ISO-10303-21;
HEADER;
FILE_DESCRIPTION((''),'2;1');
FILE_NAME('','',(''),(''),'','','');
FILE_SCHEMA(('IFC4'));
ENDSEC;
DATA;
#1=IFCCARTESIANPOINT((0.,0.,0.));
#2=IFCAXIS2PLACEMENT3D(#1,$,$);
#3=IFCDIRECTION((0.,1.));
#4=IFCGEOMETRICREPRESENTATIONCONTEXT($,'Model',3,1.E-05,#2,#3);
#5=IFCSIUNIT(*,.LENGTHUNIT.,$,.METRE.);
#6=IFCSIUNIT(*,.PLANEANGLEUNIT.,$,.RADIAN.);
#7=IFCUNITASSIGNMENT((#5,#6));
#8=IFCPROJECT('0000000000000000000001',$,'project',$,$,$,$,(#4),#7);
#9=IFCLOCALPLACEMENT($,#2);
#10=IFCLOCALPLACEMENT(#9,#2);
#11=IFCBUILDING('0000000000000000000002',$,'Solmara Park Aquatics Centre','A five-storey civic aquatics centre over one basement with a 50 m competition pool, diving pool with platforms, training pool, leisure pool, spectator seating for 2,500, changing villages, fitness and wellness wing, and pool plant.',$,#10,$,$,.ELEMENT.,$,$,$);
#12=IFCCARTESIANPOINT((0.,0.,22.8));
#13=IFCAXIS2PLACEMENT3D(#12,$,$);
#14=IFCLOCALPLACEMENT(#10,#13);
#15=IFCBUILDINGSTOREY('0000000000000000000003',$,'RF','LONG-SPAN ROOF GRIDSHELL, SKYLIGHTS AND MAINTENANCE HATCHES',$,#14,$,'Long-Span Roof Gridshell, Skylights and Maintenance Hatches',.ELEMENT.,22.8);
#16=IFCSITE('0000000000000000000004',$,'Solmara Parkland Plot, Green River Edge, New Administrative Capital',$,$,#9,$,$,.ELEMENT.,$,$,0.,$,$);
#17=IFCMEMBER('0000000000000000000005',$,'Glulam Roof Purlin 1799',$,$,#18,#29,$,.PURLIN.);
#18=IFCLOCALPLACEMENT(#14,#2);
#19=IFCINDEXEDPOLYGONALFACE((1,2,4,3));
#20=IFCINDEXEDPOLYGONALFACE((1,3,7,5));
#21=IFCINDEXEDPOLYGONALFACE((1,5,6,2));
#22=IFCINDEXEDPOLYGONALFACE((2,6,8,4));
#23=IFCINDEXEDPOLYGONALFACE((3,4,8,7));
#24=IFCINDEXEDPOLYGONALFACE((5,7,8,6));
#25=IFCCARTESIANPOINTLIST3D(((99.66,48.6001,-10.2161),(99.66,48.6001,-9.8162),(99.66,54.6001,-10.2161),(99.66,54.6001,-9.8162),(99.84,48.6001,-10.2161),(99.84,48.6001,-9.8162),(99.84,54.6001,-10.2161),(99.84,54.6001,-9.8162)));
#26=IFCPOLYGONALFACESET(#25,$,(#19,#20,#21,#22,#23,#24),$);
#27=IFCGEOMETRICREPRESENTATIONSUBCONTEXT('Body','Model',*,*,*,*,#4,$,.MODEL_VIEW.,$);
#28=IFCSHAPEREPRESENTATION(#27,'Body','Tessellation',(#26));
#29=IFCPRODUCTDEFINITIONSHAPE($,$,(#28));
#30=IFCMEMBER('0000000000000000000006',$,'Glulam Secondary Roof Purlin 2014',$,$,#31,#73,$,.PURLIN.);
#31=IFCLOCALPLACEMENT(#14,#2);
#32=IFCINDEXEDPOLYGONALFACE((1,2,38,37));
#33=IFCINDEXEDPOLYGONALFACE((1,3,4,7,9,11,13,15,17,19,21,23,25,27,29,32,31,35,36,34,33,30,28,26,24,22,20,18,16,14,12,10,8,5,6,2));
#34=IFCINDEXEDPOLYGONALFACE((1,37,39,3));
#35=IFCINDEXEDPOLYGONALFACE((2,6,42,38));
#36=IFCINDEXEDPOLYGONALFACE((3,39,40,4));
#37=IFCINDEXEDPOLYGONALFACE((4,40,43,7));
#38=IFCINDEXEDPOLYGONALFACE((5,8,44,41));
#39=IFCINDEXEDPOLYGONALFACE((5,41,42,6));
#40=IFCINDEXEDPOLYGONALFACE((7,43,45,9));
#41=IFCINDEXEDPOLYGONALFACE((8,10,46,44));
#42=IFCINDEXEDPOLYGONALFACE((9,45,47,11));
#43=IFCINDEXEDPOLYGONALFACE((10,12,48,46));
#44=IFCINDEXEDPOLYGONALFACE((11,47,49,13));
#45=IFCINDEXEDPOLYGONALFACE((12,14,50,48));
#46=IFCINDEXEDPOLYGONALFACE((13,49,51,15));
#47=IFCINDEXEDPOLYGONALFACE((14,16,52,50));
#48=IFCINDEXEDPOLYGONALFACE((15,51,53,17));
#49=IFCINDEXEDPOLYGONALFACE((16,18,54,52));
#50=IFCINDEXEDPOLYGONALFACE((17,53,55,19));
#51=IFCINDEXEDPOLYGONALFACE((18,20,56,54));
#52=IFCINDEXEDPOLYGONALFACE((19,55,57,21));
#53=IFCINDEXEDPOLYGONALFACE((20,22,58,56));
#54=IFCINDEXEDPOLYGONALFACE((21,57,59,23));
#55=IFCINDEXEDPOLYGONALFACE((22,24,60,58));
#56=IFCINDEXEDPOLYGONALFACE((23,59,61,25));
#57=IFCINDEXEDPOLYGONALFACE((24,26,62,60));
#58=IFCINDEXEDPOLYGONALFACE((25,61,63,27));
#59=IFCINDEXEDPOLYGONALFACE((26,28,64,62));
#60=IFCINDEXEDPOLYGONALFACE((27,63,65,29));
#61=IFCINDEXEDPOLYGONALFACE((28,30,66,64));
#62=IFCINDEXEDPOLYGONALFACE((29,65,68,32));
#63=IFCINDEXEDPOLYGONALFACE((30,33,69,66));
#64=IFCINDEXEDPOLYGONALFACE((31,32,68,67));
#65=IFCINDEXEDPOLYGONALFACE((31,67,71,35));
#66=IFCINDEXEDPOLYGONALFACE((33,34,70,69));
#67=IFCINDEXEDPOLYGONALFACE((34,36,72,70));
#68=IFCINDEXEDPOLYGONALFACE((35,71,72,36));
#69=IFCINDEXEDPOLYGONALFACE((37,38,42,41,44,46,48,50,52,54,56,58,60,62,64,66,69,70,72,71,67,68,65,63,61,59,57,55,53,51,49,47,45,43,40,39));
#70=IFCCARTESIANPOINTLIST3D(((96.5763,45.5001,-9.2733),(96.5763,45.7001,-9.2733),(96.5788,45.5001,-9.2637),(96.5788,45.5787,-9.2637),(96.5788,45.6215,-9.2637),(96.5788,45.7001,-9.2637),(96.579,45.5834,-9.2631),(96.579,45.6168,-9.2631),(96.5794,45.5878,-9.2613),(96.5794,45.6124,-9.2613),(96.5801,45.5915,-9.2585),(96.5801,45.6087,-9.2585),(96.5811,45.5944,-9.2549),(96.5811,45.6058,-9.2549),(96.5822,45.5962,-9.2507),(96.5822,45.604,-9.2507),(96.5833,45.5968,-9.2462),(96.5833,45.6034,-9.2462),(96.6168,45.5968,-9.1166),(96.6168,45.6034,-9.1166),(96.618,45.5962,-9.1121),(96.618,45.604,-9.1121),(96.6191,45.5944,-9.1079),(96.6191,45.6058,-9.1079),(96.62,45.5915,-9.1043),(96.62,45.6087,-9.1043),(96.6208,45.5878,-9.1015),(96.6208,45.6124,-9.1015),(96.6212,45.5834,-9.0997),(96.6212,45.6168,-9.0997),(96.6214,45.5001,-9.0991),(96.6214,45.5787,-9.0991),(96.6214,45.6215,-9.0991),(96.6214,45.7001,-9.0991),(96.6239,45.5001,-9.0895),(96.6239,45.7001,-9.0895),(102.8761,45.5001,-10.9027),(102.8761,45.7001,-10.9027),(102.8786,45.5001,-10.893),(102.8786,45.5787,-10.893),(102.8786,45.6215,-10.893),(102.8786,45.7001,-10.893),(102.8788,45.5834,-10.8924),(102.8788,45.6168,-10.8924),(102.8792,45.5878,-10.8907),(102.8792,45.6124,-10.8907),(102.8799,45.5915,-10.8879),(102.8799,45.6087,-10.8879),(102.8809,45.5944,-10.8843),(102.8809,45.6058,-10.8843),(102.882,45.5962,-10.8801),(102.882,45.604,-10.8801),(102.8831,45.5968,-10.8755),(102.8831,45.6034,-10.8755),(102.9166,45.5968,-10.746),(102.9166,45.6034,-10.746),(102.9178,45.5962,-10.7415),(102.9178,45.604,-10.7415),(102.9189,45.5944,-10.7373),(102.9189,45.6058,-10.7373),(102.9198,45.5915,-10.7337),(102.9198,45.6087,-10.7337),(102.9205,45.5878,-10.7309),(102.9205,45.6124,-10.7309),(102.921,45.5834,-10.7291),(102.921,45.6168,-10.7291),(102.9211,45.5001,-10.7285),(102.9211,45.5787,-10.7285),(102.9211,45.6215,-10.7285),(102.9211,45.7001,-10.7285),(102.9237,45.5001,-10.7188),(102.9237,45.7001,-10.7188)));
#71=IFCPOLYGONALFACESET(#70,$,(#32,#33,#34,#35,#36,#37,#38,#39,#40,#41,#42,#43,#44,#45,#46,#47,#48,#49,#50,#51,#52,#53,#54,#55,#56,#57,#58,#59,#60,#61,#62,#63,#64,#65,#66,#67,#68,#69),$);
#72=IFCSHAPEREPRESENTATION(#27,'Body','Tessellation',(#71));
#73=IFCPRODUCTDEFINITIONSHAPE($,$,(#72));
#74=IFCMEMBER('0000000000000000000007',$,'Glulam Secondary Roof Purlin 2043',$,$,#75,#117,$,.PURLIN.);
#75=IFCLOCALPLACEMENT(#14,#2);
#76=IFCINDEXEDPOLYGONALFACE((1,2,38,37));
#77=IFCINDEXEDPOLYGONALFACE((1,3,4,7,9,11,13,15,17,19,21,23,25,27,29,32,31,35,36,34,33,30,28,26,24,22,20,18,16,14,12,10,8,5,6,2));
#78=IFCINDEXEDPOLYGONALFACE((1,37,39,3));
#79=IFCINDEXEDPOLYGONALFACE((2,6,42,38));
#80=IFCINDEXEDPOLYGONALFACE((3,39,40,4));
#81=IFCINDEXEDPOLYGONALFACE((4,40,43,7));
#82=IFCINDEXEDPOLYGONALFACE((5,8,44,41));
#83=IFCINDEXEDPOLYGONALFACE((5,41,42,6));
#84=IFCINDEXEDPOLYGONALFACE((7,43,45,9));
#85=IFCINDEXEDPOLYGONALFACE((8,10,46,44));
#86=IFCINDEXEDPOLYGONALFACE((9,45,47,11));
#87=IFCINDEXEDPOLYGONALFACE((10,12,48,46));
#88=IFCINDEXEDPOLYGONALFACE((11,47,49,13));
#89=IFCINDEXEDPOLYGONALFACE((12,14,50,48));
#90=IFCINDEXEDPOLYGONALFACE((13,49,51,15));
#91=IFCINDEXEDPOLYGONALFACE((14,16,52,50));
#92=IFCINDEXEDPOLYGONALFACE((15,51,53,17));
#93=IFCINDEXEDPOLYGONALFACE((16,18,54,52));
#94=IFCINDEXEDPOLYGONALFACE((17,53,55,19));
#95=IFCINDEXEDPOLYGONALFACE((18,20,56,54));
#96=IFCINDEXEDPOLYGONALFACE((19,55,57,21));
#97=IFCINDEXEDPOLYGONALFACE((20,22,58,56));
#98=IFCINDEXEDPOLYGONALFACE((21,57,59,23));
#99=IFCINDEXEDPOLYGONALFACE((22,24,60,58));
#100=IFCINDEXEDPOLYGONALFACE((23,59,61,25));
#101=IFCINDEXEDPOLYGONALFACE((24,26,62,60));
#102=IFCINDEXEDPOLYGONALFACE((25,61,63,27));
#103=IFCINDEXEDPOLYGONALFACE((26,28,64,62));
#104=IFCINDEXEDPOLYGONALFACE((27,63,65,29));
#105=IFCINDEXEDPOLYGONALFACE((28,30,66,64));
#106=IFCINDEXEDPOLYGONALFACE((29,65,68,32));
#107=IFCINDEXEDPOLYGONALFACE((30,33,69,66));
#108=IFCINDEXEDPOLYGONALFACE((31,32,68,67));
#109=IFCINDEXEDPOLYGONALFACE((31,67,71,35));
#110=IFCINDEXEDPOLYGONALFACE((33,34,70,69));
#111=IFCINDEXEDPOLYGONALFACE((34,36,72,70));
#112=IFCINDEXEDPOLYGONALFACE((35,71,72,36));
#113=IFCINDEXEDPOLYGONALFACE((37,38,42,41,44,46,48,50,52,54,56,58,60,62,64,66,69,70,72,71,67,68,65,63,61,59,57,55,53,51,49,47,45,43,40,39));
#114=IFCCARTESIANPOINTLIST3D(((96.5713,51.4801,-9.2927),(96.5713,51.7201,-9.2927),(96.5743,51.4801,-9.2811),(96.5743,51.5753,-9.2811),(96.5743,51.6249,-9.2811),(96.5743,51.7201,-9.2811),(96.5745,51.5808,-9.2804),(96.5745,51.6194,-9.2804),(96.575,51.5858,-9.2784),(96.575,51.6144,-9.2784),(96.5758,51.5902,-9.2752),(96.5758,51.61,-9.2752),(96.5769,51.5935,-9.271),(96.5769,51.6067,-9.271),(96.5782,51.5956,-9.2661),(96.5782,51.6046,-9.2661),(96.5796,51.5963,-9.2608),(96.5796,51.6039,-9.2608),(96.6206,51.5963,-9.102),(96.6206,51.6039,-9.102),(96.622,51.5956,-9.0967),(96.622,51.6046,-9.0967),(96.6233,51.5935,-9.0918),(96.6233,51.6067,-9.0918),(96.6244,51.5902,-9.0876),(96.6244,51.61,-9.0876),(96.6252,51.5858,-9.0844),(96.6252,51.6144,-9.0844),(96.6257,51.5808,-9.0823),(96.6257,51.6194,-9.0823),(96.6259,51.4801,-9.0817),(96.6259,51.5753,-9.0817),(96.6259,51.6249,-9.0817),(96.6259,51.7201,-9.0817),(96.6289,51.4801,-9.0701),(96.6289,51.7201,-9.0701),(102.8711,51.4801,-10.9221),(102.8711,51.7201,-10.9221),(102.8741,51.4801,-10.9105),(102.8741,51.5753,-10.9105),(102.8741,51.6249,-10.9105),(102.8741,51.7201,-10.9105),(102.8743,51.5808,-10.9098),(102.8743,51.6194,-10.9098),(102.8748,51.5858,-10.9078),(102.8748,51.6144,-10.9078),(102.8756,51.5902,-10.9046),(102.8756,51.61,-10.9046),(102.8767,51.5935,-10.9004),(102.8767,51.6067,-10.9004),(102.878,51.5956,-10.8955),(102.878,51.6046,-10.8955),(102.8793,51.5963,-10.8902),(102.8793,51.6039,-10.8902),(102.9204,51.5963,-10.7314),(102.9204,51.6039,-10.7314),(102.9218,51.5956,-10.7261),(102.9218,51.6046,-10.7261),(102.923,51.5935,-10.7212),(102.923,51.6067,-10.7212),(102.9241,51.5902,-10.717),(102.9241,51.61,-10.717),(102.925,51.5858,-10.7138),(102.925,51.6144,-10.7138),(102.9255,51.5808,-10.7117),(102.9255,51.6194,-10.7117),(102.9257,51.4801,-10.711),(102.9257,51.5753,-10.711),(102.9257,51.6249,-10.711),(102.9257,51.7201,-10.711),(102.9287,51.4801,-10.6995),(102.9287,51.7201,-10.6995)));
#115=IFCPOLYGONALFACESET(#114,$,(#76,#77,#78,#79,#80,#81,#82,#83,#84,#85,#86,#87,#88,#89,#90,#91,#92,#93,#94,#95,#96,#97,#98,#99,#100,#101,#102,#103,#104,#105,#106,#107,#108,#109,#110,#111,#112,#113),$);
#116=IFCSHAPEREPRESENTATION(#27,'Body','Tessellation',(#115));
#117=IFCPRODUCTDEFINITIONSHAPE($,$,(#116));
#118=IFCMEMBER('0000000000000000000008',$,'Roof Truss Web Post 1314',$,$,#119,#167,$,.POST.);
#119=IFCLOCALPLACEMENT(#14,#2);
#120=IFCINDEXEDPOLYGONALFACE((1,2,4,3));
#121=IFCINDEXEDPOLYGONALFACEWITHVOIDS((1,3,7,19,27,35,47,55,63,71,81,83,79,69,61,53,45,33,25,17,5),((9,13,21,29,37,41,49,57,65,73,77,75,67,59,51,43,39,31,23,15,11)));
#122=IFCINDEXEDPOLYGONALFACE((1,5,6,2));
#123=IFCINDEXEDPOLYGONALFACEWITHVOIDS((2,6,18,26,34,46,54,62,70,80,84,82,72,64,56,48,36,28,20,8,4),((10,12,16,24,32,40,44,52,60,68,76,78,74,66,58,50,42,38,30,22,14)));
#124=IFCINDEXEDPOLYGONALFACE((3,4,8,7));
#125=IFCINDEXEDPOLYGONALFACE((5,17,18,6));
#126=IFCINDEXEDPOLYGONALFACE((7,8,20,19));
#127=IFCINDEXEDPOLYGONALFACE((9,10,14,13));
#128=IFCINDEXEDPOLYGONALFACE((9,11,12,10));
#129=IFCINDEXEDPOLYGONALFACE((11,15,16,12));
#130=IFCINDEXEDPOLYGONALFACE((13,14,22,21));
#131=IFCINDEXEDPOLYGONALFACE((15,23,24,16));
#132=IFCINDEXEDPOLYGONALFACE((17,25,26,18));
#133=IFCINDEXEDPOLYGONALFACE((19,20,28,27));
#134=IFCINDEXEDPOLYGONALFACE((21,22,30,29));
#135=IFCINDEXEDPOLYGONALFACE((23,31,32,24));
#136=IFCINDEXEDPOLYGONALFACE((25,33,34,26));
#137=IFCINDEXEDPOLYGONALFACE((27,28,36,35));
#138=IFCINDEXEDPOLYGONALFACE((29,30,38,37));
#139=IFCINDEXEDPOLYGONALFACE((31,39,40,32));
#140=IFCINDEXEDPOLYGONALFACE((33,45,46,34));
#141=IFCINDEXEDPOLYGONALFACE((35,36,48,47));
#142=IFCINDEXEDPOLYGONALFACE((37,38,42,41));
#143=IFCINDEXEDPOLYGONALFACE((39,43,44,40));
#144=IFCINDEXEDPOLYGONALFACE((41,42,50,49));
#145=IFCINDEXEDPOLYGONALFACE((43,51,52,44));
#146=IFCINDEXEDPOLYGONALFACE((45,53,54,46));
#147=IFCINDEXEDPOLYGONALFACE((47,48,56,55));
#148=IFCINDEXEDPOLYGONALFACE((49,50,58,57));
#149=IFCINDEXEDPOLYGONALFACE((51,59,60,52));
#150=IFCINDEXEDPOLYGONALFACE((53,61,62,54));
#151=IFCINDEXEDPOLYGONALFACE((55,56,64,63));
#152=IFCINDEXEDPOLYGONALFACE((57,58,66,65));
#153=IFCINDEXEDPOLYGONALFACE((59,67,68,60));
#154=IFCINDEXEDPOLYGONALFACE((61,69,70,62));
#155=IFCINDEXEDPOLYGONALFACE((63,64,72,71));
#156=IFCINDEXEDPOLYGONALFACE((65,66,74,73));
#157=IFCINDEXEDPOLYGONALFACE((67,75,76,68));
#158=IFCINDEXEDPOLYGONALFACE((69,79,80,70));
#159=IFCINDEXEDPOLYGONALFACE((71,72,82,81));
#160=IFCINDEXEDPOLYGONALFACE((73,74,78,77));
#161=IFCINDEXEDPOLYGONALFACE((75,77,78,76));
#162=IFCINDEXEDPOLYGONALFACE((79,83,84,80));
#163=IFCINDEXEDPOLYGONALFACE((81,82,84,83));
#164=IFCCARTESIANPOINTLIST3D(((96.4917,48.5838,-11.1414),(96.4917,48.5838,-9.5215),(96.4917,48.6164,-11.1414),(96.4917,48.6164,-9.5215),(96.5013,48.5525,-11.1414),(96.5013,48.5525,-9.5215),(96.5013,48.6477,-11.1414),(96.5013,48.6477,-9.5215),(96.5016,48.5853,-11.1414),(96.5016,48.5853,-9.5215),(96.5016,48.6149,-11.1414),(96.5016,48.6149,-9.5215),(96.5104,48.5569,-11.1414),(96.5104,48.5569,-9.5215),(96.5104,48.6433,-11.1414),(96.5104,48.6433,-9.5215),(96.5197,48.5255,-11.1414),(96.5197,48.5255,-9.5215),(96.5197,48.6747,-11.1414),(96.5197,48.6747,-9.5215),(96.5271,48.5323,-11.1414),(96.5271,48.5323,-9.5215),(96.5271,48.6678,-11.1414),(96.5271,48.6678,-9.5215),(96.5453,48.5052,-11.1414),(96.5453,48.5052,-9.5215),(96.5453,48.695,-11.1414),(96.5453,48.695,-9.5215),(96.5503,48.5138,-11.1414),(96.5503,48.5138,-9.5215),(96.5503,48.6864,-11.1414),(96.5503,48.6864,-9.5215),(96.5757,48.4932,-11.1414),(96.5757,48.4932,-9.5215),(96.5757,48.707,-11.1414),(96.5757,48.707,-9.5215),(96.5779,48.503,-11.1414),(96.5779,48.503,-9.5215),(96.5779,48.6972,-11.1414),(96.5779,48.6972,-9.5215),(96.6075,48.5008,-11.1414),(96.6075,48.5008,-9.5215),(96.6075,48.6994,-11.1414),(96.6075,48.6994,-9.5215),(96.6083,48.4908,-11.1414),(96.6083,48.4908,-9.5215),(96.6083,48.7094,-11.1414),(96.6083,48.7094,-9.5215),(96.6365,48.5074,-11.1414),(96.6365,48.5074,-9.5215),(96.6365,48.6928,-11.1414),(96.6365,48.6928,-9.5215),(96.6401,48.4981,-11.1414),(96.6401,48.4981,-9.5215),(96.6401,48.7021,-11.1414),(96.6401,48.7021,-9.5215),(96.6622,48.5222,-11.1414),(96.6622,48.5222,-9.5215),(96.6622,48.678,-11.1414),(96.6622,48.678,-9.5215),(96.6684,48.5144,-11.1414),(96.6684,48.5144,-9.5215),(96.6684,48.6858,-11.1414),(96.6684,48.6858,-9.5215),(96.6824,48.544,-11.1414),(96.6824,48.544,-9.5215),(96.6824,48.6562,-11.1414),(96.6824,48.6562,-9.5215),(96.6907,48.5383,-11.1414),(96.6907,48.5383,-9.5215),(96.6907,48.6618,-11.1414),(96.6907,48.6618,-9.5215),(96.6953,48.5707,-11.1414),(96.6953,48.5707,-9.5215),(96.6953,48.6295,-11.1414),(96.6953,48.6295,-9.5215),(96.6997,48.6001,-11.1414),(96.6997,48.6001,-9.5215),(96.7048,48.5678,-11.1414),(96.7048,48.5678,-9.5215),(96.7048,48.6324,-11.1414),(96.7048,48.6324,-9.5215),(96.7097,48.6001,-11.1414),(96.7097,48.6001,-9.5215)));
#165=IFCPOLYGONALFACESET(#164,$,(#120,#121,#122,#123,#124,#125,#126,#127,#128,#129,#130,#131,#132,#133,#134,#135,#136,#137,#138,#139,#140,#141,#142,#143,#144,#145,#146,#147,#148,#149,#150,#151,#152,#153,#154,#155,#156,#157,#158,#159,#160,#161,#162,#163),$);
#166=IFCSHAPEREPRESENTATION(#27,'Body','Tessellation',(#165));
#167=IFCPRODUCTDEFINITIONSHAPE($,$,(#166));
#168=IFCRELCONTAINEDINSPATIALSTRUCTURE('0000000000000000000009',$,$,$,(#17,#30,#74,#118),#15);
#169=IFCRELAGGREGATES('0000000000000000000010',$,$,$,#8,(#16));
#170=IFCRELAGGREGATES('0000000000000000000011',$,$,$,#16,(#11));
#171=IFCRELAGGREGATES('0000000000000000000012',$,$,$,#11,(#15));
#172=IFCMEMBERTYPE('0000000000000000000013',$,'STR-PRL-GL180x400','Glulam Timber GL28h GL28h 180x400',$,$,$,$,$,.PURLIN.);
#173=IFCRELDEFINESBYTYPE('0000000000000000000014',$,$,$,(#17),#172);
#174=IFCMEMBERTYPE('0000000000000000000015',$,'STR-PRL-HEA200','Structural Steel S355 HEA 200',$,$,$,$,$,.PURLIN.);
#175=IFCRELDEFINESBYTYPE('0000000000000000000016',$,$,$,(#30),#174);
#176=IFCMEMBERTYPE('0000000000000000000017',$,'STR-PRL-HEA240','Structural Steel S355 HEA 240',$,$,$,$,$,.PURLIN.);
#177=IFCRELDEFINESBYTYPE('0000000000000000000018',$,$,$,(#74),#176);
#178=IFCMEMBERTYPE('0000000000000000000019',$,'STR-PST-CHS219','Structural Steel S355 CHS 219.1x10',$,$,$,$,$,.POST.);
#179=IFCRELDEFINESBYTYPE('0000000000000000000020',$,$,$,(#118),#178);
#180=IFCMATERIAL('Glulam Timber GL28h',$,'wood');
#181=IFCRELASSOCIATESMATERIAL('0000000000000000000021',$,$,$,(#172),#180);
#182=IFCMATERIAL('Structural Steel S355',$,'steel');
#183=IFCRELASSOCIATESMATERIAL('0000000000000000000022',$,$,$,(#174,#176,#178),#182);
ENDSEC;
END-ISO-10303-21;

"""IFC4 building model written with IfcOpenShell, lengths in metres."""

from ifc_helpers import new_model, si_unit, direction, frame, origin, origin_2d, place, context, subcontext, project, spatial, rectangle, hollow_circle, i_section, extrude, material, material_profile, profile_set, type_object, element, save


model = new_model("IFC4")

# Units and contexts
model_context = context("Model", 3, precision=1e-05, world=origin(), true_north=direction((0.0, 1.0)))
body_context = subcontext(model_context, "Body", "Model", "MODEL_VIEW")
ifc_project = project(units=[si_unit("LENGTHUNIT", "METRE"), si_unit("PLANEANGLEUNIT", "RADIAN")], contexts=[model_context])

# Site, building, storey
site_placement = place(None, origin())
site = spatial("IfcSite", under=ifc_project, at=site_placement, Name="Solmara Parkland Plot, Green River Edge, New Administrative Capital", CompositionType="ELEMENT", RefElevation=0.0)
building_placement = place(site_placement, origin())
building = spatial("IfcBuilding", under=site, at=building_placement, Name="Solmara Park Aquatics Centre", Description="A five-storey civic aquatics centre over one basement with a 50 m competition pool, diving pool with platforms, training pool, leisure pool, spectator seating for 2,500, changing villages, fitness and wellness wing, and pool plant.", CompositionType="ELEMENT")
storey_placement = place(building_placement, frame((0.0, 0.0, 22.8)))
storey = spatial("IfcBuildingStorey", under=building, at=storey_placement, Name="RF", Description="LONG-SPAN ROOF GRIDSHELL, SKYLIGHTS AND MAINTENANCE HATCHES", LongName="Long-Span Roof Gridshell, Skylights and Maintenance Hatches", CompositionType="ELEMENT", Elevation=22.8)

# Members
ifc_material_1 = material(Name="Structural Steel S355", Category="steel")
ifc_material_2 = material(Name="Glulam Timber GL28h", Category="wood")
ifc_material_profile_1 = material_profile(ifc_material_2, rectangle(XDim=0.1799, YDim=0.3999, at=origin_2d()), Name="GL28h 180x400")
ifc_profile_set_1 = profile_set([ifc_material_profile_1], Name="Glulam Timber GL28h")
member_type_1 = type_object("IfcMemberType", Name="STR-PRL-GL180x400", Description="Glulam Timber GL28h GL28h 180x400", PredefinedType="PURLIN", material=ifc_profile_set_1)
for number, where, z_axis, x_axis, name in (
    (1, (99.75, 48.6001, -10.0161), (0.0, 1.0, 0.0), (-1.0, 0.0, 0.0), "Glulam Roof Purlin 1799"),
):
    element("IfcMember", number, at=place(storey_placement, frame(where, z_axis=z_axis, x_axis=x_axis)), inside=storey, type_object=member_type_1, Name=name, PredefinedType="PURLIN", context=body_context, shape_type="SweptSolid", body=[
        extrude(rectangle(XDim=0.1799, YDim=0.3999, at=origin_2d()), origin(), (0.0, 0.0, 1.0), 6.0),
    ])
ifc_material_profile_2 = material_profile(ifc_material_1, i_section(OverallWidth=0.2, OverallDepth=0.1899, WebThickness=0.0066, FlangeThickness=0.01, FilletRadius=0.0181, at=origin_2d()), Name="HEA 200")
ifc_profile_set_2 = profile_set([ifc_material_profile_2], Name="Structural Steel S355")
member_type_2 = type_object("IfcMemberType", Name="STR-PRL-HEA200", Description="Structural Steel S355 HEA 200", PredefinedType="PURLIN", material=ifc_profile_set_2)
member_1_placement = place(storey_placement, frame((96.6001, 45.6001, -9.1814), z_axis=(0.968142, 0.0, -0.250402), x_axis=(0.0, 1.0, 0.0)))
element("IfcMember", 2, at=member_1_placement, inside=storey, type_object=member_type_2, Name="Glulam Secondary Roof Purlin 2014", PredefinedType="PURLIN", context=body_context, shape_type="SweptSolid", body=[
    extrude(i_section(OverallWidth=0.2, OverallDepth=0.1899, WebThickness=0.0066, FlangeThickness=0.01, FilletRadius=0.0181, at=origin_2d()), origin(), (0.0, 0.0, 1.0), 6.5071),
])
ifc_material_profile_3 = material_profile(ifc_material_1, i_section(OverallWidth=0.24, OverallDepth=0.23, WebThickness=0.0076, FlangeThickness=0.012, FilletRadius=0.021, at=origin_2d()), Name="HEA 240")
ifc_profile_set_3 = profile_set([ifc_material_profile_3], Name="Structural Steel S355")
member_type_3 = type_object("IfcMemberType", Name="STR-PRL-HEA240", Description="Structural Steel S355 HEA 240", PredefinedType="PURLIN", material=ifc_profile_set_3)
member_2_placement = place(storey_placement, frame((96.6001, 51.6001, -9.1814), z_axis=(0.968142, 0.0, -0.250402), x_axis=(0.0, 1.0, 0.0)))
element("IfcMember", 3, at=member_2_placement, inside=storey, type_object=member_type_3, Name="Glulam Secondary Roof Purlin 2043", PredefinedType="PURLIN", context=body_context, shape_type="SweptSolid", body=[
    extrude(i_section(OverallWidth=0.24, OverallDepth=0.23, WebThickness=0.0076, FlangeThickness=0.012, FilletRadius=0.021, at=origin_2d()), origin(), (0.0, 0.0, 1.0), 6.5071),
])
ifc_material_profile_4 = material_profile(ifc_material_1, hollow_circle(Radius=0.1096, WallThickness=0.01, at=origin_2d()), Name="CHS 219.1x10")
ifc_profile_set_4 = profile_set([ifc_material_profile_4], Name="Structural Steel S355")
member_type_4 = type_object("IfcMemberType", Name="STR-PST-CHS219", Description="Structural Steel S355 CHS 219.1x10", PredefinedType="POST", material=ifc_profile_set_4)
member_3_placement = place(storey_placement, frame((96.6001, 48.6001, -11.1414), z_axis=(0.0, 0.0, 1.0), x_axis=(1.0, 0.0, 0.0)))
element("IfcMember", 4, at=member_3_placement, inside=storey, type_object=member_type_4, Name="Roof Truss Web Post 1314", PredefinedType="POST", context=body_context, shape_type="SweptSolid", body=[
    extrude(hollow_circle(Radius=0.1096, WallThickness=0.01, at=origin_2d()), origin(), (0.0, 0.0, 1.0), 1.6199),
])

save(model, "model.ifc")
